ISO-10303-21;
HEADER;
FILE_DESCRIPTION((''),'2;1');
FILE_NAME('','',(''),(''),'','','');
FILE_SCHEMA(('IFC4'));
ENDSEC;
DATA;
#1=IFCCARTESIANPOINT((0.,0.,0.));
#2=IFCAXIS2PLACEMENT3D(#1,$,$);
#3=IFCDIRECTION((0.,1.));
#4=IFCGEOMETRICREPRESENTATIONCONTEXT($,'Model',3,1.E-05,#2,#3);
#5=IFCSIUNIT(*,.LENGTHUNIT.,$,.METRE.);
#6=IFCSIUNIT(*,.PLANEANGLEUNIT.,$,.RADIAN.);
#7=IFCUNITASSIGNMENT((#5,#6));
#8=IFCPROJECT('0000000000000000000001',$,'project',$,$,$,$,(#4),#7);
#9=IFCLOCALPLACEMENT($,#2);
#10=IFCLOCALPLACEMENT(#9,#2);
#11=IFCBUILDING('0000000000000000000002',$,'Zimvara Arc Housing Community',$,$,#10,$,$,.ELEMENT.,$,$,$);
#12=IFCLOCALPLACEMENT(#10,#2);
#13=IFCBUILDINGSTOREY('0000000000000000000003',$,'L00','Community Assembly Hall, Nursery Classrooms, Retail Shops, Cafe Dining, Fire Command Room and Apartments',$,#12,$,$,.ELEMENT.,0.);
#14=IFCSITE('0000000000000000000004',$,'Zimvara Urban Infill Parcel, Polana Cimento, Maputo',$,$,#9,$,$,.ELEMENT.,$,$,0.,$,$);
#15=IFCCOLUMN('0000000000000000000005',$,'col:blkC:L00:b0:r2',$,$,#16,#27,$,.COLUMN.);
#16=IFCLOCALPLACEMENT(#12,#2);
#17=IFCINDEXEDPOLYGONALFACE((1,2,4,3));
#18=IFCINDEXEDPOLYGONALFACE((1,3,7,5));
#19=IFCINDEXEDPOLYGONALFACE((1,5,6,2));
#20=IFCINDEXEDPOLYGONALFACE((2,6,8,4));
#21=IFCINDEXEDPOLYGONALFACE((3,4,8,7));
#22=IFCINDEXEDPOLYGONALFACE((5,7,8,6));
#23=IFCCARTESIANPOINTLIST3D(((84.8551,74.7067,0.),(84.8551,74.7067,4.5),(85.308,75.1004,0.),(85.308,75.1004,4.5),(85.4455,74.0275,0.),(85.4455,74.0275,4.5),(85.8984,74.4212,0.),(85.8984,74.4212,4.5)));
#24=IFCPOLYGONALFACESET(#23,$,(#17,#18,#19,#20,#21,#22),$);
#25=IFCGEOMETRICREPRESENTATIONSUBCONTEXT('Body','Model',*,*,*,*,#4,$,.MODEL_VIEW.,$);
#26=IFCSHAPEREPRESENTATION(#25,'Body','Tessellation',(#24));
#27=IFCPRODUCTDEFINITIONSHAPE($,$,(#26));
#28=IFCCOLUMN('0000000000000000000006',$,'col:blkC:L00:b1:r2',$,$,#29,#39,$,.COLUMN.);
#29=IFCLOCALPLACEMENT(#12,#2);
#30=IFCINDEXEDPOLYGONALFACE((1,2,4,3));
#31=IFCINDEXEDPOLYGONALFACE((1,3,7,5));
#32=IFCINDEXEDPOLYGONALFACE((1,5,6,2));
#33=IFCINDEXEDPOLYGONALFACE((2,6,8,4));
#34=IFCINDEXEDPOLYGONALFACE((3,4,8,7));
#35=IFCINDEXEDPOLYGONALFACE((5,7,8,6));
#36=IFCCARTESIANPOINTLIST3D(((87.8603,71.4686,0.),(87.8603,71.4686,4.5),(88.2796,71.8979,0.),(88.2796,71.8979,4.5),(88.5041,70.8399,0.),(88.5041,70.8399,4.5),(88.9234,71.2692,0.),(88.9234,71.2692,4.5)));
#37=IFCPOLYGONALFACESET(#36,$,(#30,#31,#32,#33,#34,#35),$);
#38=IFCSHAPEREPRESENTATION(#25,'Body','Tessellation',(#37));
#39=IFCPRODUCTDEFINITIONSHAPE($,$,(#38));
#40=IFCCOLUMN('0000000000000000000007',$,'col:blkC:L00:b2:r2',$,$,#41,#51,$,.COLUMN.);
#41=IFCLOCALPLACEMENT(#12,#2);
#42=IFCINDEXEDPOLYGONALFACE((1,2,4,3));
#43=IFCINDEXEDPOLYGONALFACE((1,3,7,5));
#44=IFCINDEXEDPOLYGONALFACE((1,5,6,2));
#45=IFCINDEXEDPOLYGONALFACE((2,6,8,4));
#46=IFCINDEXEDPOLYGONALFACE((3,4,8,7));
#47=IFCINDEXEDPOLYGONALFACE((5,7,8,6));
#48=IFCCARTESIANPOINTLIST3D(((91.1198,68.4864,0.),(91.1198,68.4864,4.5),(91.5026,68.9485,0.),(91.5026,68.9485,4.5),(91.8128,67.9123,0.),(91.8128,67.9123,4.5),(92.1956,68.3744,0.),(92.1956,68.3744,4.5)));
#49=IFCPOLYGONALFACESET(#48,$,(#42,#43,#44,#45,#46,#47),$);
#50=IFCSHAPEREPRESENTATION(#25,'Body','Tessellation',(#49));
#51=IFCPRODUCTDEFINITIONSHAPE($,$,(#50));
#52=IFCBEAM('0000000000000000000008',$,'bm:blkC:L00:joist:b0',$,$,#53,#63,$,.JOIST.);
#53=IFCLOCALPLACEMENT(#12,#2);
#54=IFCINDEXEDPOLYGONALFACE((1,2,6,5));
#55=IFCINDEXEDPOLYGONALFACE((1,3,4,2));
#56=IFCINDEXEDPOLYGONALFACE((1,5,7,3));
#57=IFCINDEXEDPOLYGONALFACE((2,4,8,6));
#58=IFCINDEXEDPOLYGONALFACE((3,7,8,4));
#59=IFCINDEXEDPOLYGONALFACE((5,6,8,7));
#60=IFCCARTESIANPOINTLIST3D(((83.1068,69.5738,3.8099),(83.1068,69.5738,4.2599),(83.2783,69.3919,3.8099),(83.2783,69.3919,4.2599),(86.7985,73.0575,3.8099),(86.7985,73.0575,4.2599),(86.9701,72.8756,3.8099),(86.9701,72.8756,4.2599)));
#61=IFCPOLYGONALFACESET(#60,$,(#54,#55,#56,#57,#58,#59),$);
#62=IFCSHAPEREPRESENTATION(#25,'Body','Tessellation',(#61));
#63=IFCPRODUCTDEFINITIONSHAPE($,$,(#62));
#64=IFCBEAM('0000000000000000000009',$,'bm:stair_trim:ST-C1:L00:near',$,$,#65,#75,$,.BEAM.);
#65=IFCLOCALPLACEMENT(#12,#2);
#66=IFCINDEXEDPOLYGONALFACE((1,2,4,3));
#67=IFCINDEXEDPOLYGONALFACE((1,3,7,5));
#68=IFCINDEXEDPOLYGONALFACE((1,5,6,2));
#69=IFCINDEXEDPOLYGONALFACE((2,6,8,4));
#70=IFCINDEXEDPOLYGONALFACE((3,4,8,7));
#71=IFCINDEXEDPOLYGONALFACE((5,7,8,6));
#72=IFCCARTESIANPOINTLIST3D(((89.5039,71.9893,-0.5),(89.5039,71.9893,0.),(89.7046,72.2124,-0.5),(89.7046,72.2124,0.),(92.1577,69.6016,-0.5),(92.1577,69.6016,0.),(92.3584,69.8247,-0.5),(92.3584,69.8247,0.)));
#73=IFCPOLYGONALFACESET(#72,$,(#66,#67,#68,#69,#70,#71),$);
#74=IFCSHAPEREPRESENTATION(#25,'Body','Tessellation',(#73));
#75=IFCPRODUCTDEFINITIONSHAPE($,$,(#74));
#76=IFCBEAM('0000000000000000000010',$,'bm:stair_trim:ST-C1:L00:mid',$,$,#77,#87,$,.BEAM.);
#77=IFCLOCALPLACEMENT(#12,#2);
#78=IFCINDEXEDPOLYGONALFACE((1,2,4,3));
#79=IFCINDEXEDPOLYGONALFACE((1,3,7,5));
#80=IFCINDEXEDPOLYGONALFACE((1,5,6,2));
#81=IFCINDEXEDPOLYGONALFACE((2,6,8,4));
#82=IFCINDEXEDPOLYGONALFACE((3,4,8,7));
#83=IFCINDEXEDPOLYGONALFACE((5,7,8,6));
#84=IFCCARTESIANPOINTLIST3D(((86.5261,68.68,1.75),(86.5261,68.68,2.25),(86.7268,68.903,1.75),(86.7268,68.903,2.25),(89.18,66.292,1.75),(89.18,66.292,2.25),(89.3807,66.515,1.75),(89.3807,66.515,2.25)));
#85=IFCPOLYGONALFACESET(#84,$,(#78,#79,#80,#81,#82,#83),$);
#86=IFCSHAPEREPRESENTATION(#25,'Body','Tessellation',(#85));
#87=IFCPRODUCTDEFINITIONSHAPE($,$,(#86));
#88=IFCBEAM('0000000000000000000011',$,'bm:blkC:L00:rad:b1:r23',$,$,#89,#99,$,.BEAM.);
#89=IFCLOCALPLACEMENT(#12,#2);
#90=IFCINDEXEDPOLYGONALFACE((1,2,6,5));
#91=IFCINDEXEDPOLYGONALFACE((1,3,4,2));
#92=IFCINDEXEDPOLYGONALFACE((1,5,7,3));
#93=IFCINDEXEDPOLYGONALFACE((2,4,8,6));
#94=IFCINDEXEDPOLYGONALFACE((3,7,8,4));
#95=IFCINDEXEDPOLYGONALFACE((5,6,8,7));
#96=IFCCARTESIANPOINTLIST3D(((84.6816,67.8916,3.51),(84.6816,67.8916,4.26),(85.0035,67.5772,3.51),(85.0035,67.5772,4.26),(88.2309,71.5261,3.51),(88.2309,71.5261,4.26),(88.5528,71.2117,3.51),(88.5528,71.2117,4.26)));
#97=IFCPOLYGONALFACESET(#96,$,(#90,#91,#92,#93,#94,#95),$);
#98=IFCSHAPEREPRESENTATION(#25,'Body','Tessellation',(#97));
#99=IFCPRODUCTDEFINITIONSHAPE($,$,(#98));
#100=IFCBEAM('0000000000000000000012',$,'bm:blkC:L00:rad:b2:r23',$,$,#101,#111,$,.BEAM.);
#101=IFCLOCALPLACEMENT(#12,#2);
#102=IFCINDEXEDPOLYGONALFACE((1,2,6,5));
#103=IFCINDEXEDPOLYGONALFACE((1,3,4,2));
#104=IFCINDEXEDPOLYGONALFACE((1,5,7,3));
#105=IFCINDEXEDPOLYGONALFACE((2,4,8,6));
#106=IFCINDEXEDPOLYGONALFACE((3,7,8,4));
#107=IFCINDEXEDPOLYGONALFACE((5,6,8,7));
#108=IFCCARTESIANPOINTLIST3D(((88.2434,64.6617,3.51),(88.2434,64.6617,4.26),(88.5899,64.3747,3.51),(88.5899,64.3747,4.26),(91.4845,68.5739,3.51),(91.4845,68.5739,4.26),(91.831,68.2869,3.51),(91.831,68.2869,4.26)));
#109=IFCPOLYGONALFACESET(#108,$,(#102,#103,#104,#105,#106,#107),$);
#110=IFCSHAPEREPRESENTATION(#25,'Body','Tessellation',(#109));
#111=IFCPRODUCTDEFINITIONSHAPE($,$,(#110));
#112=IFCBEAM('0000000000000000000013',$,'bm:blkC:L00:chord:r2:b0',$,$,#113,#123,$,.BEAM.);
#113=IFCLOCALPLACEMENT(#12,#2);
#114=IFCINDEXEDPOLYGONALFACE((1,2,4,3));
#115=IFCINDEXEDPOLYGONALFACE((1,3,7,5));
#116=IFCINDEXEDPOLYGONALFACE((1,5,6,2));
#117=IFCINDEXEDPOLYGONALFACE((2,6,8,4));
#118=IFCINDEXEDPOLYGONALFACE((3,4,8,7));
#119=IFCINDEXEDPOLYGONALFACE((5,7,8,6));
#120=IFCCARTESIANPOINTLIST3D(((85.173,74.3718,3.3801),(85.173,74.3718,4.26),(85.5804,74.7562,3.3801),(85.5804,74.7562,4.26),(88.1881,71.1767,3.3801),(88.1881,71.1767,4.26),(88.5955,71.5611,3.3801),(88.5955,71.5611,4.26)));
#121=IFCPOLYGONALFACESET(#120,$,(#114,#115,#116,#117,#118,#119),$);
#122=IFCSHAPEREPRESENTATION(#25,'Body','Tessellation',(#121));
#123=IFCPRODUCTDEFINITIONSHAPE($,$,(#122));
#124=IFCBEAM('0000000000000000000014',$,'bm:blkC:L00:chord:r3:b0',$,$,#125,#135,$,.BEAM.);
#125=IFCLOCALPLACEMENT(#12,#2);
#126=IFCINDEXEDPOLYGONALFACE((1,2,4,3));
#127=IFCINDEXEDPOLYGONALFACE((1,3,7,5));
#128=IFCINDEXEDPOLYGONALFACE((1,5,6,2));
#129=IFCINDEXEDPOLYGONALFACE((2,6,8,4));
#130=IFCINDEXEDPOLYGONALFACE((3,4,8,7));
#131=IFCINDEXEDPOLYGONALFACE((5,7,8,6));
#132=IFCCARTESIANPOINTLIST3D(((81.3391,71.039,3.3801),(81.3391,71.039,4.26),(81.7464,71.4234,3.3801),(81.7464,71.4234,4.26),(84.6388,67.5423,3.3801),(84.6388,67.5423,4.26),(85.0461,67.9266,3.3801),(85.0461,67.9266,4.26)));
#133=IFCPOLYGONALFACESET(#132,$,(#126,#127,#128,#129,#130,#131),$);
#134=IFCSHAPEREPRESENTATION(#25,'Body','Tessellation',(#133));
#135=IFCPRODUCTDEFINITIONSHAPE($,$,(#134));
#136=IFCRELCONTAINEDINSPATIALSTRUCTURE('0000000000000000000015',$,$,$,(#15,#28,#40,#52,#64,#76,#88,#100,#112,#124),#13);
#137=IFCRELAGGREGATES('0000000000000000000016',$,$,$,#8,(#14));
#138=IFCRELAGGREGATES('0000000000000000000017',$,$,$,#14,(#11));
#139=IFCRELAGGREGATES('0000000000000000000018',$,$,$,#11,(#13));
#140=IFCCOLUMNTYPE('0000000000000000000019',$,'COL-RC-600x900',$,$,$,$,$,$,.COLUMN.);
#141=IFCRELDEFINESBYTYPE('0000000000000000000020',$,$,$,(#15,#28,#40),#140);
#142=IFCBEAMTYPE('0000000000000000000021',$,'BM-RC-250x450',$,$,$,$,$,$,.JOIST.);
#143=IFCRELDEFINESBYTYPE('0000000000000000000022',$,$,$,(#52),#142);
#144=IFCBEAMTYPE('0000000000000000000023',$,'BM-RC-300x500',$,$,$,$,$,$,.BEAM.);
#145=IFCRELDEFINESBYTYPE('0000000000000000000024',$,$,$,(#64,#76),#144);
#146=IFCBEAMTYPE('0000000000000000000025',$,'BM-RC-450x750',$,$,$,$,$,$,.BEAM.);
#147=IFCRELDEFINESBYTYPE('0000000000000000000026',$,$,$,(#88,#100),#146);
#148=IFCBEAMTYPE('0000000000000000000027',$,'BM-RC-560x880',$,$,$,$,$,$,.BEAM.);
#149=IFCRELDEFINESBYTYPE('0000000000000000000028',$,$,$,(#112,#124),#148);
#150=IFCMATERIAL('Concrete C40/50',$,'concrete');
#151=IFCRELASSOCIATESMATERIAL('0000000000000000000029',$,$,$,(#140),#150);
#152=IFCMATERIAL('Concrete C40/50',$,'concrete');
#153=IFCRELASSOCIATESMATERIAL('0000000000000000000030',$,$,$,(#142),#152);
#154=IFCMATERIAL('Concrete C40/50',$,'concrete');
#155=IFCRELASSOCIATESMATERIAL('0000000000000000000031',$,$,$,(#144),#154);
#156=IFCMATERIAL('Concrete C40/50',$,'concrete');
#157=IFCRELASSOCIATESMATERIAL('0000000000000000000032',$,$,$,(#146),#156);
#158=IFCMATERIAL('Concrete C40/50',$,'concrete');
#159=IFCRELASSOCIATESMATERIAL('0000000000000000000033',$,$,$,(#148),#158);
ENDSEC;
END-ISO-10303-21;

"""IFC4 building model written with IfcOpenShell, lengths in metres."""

from ifc_helpers import new_model, si_unit, direction, frame, origin, origin_2d, place, context, subcontext, project, spatial, rectangle, extrude, material, material_profile, profile_set, type_object, element, save


model = new_model("IFC4")

# Units and contexts
model_context = context("Model", 3, precision=1e-05, world=origin(), true_north=direction((0.0, 1.0)))
body_context = subcontext(model_context, "Body", "Model", "MODEL_VIEW")
ifc_project = project(units=[si_unit("LENGTHUNIT", "METRE"), si_unit("PLANEANGLEUNIT", "RADIAN")], contexts=[model_context])

# Site, building, storey
site_placement = place(None, origin())
site = spatial("IfcSite", under=ifc_project, at=site_placement, Name="Zimvara Urban Infill Parcel, Polana Cimento, Maputo", CompositionType="ELEMENT", RefElevation=0.0)
building_placement = place(site_placement, origin())
building = spatial("IfcBuilding", under=site, at=building_placement, Name="Zimvara Arc Housing Community", CompositionType="ELEMENT")
storey_placement = place(building_placement, origin())
storey = spatial("IfcBuildingStorey", under=building, at=storey_placement, Name="L00", Description="Community Assembly Hall, Nursery Classrooms, Retail Shops, Cafe Dining, Fire Command Room and Apartments", CompositionType="ELEMENT", Elevation=0.0)

# Columns
ifc_material_1 = material(Name="Concrete C40/50", Category="concrete")
ifc_material_profile_1 = material_profile(ifc_material_1, rectangle(XDim=0.6001, YDim=0.8999, at=origin_2d()), Name="RC 600x900")
ifc_profile_set_1 = profile_set([ifc_material_profile_1], Name="Concrete C40/50")
column_type_1 = type_object("IfcColumnType", Name="COL-RC-600x900", PredefinedType="COLUMN", material=ifc_profile_set_1)
for number, where, z_axis, x_axis, name in (
    (1, (85.3767, 74.564, 0.0), (0.0, 0.0, 1.0), (-0.75471, -0.656059, 0.0), "col:blkC:L00:b0:r2"),
    (2, (88.3918, 71.3689, 0.0), (0.0, 0.0, 1.0), (-0.698665, -0.715449, 0.0), "col:blkC:L00:b1:r2"),
    (3, (91.6577, 68.4304, 0.0), (0.0, 0.0, 1.0), (-0.637962, -0.770068, 0.0), "col:blkC:L00:b2:r2"),
):
    element("IfcColumn", number, at=place(storey_placement, frame(where, z_axis=z_axis, x_axis=x_axis)), inside=storey, type_object=column_type_1, Name=name, PredefinedType="COLUMN", context=body_context, shape_type="SweptSolid", body=[
        extrude(rectangle(XDim=0.6001, YDim=0.8999, at=origin_2d()), origin(), (0.0, 0.0, 1.0), 4.5),
    ])

# Beams
ifc_material_2 = material(Name="Concrete C40/50", Category="concrete")
ifc_material_profile_2 = material_profile(ifc_material_2, rectangle(XDim=0.25, YDim=0.45, at=origin_2d()), Name="RC 250x450")
ifc_profile_set_2 = profile_set([ifc_material_profile_2], Name="Concrete C40/50")
beam_type_1 = type_object("IfcBeamType", Name="BM-RC-250x450", PredefinedType="JOIST", material=ifc_profile_set_2)
beam_1_placement = place(storey_placement, frame((86.8843, 72.9666, 4.0349), z_axis=(-0.7273, -0.68632, 0.0), x_axis=(0.68632, -0.7273, 0.0)))
element("IfcBeam", 4, at=beam_1_placement, inside=storey, type_object=beam_type_1, Name="bm:blkC:L00:joist:b0", PredefinedType="JOIST", context=body_context, shape_type="SweptSolid", body=[
    extrude(rectangle(XDim=0.25, YDim=0.45, at=origin_2d()), origin(), (0.0, 0.0, 1.0), 5.0759),
])
ifc_material_3 = material(Name="Concrete C40/50", Category="concrete")
ifc_material_profile_3 = material_profile(ifc_material_3, rectangle(XDim=0.3, YDim=0.5, at=origin_2d()), Name="RC 300x500")
ifc_profile_set_3 = profile_set([ifc_material_profile_3], Name="Concrete C40/50")
beam_type_2 = type_object("IfcBeamType", Name="BM-RC-300x500", PredefinedType="BEAM", material=ifc_profile_set_3)
beam_2_placement = place(storey_placement, frame((89.6042, 72.1008, -0.25), z_axis=(0.743396, -0.668851, 0.0), x_axis=(0.668851, 0.743396, 0.0)))
element("IfcBeam", 5, at=beam_2_placement, inside=storey, type_object=beam_type_2, Name="bm:stair_trim:ST-C1:L00:near", PredefinedType="BEAM", context=body_context, shape_type="SweptSolid", body=[
    extrude(rectangle(XDim=0.3, YDim=0.5, at=origin_2d()), origin(), (0.0, 0.0, 1.0), 3.5698),
])
beam_3_placement = place(storey_placement, frame((86.6265, 68.7915, 2.0), z_axis=(0.743362, -0.668889, 0.0), x_axis=(0.668889, 0.743362, 0.0)))
element("IfcBeam", 6, at=beam_3_placement, inside=storey, type_object=beam_type_2, Name="bm:stair_trim:ST-C1:L00:mid", PredefinedType="BEAM", context=body_context, shape_type="SweptSolid", body=[
    extrude(rectangle(XDim=0.3, YDim=0.5, at=origin_2d()), origin(), (0.0, 0.0, 1.0), 3.5701),
])
ifc_material_4 = material(Name="Concrete C40/50", Category="concrete")
ifc_material_profile_4 = material_profile(ifc_material_4, rectangle(XDim=0.45, YDim=0.75, at=origin_2d()), Name="RC 450x750")
ifc_profile_set_4 = profile_set([ifc_material_profile_4], Name="Concrete C40/50")
beam_type_3 = type_object("IfcBeamType", Name="BM-RC-450x750", PredefinedType="BEAM", material=ifc_profile_set_4)
beam_4_placement = place(storey_placement, frame((88.3918, 71.3689, 3.885), z_axis=(-0.698671, -0.715443, 0.0), x_axis=(0.715443, -0.698671, 0.0)))
element("IfcBeam", 7, at=beam_4_placement, inside=storey, type_object=beam_type_3, Name="bm:blkC:L00:rad:b1:r23", PredefinedType="BEAM", context=body_context, shape_type="SweptSolid", body=[
    extrude(rectangle(XDim=0.45, YDim=0.75, at=origin_2d()), origin(), (0.0, 0.0, 1.0), 5.0801),
])
beam_5_placement = place(storey_placement, frame((91.6577, 68.4304, 3.885), z_axis=(-0.63796, -0.770069, 0.0), x_axis=(0.770069, -0.63796, 0.0)))
element("IfcBeam", 8, at=beam_5_placement, inside=storey, type_object=beam_type_3, Name="bm:blkC:L00:rad:b2:r23", PredefinedType="BEAM", context=body_context, shape_type="SweptSolid", body=[
    extrude(rectangle(XDim=0.45, YDim=0.75, at=origin_2d()), origin(), (0.0, 0.0, 1.0), 5.0803),
])
ifc_material_5 = material(Name="Concrete C40/50", Category="concrete")
ifc_material_profile_5 = material_profile(ifc_material_5, rectangle(XDim=0.5601, YDim=0.8799, at=origin_2d()), Name="RC 560x880")
ifc_profile_set_5 = profile_set([ifc_material_profile_5], Name="Concrete C40/50")
beam_type_4 = type_object("IfcBeamType", Name="BM-RC-560x880", PredefinedType="BEAM", material=ifc_profile_set_5)
beam_6_placement = place(storey_placement, frame((85.3767, 74.564, 3.8201), z_axis=(0.686331, -0.727289, 0.0), x_axis=(0.727289, 0.686331, 0.0)))
element("IfcBeam", 9, at=beam_6_placement, inside=storey, type_object=beam_type_4, Name="bm:blkC:L00:chord:r2:b0", PredefinedType="BEAM", context=body_context, shape_type="SweptSolid", body=[
    extrude(rectangle(XDim=0.5601, YDim=0.8799, at=origin_2d()), origin(), (0.0, 0.0, 1.0), 4.3931),
])
beam_7_placement = place(storey_placement, frame((81.5427, 71.2312, 3.8201), z_axis=(0.686321, -0.727299, 0.0), x_axis=(0.727299, 0.686321, 0.0)))
element("IfcBeam", 10, at=beam_7_placement, inside=storey, type_object=beam_type_4, Name="bm:blkC:L00:chord:r3:b0", PredefinedType="BEAM", context=body_context, shape_type="SweptSolid", body=[
    extrude(rectangle(XDim=0.5601, YDim=0.8799, at=origin_2d()), origin(), (0.0, 0.0, 1.0), 4.8079),
])

save(model, "model.ifc")
